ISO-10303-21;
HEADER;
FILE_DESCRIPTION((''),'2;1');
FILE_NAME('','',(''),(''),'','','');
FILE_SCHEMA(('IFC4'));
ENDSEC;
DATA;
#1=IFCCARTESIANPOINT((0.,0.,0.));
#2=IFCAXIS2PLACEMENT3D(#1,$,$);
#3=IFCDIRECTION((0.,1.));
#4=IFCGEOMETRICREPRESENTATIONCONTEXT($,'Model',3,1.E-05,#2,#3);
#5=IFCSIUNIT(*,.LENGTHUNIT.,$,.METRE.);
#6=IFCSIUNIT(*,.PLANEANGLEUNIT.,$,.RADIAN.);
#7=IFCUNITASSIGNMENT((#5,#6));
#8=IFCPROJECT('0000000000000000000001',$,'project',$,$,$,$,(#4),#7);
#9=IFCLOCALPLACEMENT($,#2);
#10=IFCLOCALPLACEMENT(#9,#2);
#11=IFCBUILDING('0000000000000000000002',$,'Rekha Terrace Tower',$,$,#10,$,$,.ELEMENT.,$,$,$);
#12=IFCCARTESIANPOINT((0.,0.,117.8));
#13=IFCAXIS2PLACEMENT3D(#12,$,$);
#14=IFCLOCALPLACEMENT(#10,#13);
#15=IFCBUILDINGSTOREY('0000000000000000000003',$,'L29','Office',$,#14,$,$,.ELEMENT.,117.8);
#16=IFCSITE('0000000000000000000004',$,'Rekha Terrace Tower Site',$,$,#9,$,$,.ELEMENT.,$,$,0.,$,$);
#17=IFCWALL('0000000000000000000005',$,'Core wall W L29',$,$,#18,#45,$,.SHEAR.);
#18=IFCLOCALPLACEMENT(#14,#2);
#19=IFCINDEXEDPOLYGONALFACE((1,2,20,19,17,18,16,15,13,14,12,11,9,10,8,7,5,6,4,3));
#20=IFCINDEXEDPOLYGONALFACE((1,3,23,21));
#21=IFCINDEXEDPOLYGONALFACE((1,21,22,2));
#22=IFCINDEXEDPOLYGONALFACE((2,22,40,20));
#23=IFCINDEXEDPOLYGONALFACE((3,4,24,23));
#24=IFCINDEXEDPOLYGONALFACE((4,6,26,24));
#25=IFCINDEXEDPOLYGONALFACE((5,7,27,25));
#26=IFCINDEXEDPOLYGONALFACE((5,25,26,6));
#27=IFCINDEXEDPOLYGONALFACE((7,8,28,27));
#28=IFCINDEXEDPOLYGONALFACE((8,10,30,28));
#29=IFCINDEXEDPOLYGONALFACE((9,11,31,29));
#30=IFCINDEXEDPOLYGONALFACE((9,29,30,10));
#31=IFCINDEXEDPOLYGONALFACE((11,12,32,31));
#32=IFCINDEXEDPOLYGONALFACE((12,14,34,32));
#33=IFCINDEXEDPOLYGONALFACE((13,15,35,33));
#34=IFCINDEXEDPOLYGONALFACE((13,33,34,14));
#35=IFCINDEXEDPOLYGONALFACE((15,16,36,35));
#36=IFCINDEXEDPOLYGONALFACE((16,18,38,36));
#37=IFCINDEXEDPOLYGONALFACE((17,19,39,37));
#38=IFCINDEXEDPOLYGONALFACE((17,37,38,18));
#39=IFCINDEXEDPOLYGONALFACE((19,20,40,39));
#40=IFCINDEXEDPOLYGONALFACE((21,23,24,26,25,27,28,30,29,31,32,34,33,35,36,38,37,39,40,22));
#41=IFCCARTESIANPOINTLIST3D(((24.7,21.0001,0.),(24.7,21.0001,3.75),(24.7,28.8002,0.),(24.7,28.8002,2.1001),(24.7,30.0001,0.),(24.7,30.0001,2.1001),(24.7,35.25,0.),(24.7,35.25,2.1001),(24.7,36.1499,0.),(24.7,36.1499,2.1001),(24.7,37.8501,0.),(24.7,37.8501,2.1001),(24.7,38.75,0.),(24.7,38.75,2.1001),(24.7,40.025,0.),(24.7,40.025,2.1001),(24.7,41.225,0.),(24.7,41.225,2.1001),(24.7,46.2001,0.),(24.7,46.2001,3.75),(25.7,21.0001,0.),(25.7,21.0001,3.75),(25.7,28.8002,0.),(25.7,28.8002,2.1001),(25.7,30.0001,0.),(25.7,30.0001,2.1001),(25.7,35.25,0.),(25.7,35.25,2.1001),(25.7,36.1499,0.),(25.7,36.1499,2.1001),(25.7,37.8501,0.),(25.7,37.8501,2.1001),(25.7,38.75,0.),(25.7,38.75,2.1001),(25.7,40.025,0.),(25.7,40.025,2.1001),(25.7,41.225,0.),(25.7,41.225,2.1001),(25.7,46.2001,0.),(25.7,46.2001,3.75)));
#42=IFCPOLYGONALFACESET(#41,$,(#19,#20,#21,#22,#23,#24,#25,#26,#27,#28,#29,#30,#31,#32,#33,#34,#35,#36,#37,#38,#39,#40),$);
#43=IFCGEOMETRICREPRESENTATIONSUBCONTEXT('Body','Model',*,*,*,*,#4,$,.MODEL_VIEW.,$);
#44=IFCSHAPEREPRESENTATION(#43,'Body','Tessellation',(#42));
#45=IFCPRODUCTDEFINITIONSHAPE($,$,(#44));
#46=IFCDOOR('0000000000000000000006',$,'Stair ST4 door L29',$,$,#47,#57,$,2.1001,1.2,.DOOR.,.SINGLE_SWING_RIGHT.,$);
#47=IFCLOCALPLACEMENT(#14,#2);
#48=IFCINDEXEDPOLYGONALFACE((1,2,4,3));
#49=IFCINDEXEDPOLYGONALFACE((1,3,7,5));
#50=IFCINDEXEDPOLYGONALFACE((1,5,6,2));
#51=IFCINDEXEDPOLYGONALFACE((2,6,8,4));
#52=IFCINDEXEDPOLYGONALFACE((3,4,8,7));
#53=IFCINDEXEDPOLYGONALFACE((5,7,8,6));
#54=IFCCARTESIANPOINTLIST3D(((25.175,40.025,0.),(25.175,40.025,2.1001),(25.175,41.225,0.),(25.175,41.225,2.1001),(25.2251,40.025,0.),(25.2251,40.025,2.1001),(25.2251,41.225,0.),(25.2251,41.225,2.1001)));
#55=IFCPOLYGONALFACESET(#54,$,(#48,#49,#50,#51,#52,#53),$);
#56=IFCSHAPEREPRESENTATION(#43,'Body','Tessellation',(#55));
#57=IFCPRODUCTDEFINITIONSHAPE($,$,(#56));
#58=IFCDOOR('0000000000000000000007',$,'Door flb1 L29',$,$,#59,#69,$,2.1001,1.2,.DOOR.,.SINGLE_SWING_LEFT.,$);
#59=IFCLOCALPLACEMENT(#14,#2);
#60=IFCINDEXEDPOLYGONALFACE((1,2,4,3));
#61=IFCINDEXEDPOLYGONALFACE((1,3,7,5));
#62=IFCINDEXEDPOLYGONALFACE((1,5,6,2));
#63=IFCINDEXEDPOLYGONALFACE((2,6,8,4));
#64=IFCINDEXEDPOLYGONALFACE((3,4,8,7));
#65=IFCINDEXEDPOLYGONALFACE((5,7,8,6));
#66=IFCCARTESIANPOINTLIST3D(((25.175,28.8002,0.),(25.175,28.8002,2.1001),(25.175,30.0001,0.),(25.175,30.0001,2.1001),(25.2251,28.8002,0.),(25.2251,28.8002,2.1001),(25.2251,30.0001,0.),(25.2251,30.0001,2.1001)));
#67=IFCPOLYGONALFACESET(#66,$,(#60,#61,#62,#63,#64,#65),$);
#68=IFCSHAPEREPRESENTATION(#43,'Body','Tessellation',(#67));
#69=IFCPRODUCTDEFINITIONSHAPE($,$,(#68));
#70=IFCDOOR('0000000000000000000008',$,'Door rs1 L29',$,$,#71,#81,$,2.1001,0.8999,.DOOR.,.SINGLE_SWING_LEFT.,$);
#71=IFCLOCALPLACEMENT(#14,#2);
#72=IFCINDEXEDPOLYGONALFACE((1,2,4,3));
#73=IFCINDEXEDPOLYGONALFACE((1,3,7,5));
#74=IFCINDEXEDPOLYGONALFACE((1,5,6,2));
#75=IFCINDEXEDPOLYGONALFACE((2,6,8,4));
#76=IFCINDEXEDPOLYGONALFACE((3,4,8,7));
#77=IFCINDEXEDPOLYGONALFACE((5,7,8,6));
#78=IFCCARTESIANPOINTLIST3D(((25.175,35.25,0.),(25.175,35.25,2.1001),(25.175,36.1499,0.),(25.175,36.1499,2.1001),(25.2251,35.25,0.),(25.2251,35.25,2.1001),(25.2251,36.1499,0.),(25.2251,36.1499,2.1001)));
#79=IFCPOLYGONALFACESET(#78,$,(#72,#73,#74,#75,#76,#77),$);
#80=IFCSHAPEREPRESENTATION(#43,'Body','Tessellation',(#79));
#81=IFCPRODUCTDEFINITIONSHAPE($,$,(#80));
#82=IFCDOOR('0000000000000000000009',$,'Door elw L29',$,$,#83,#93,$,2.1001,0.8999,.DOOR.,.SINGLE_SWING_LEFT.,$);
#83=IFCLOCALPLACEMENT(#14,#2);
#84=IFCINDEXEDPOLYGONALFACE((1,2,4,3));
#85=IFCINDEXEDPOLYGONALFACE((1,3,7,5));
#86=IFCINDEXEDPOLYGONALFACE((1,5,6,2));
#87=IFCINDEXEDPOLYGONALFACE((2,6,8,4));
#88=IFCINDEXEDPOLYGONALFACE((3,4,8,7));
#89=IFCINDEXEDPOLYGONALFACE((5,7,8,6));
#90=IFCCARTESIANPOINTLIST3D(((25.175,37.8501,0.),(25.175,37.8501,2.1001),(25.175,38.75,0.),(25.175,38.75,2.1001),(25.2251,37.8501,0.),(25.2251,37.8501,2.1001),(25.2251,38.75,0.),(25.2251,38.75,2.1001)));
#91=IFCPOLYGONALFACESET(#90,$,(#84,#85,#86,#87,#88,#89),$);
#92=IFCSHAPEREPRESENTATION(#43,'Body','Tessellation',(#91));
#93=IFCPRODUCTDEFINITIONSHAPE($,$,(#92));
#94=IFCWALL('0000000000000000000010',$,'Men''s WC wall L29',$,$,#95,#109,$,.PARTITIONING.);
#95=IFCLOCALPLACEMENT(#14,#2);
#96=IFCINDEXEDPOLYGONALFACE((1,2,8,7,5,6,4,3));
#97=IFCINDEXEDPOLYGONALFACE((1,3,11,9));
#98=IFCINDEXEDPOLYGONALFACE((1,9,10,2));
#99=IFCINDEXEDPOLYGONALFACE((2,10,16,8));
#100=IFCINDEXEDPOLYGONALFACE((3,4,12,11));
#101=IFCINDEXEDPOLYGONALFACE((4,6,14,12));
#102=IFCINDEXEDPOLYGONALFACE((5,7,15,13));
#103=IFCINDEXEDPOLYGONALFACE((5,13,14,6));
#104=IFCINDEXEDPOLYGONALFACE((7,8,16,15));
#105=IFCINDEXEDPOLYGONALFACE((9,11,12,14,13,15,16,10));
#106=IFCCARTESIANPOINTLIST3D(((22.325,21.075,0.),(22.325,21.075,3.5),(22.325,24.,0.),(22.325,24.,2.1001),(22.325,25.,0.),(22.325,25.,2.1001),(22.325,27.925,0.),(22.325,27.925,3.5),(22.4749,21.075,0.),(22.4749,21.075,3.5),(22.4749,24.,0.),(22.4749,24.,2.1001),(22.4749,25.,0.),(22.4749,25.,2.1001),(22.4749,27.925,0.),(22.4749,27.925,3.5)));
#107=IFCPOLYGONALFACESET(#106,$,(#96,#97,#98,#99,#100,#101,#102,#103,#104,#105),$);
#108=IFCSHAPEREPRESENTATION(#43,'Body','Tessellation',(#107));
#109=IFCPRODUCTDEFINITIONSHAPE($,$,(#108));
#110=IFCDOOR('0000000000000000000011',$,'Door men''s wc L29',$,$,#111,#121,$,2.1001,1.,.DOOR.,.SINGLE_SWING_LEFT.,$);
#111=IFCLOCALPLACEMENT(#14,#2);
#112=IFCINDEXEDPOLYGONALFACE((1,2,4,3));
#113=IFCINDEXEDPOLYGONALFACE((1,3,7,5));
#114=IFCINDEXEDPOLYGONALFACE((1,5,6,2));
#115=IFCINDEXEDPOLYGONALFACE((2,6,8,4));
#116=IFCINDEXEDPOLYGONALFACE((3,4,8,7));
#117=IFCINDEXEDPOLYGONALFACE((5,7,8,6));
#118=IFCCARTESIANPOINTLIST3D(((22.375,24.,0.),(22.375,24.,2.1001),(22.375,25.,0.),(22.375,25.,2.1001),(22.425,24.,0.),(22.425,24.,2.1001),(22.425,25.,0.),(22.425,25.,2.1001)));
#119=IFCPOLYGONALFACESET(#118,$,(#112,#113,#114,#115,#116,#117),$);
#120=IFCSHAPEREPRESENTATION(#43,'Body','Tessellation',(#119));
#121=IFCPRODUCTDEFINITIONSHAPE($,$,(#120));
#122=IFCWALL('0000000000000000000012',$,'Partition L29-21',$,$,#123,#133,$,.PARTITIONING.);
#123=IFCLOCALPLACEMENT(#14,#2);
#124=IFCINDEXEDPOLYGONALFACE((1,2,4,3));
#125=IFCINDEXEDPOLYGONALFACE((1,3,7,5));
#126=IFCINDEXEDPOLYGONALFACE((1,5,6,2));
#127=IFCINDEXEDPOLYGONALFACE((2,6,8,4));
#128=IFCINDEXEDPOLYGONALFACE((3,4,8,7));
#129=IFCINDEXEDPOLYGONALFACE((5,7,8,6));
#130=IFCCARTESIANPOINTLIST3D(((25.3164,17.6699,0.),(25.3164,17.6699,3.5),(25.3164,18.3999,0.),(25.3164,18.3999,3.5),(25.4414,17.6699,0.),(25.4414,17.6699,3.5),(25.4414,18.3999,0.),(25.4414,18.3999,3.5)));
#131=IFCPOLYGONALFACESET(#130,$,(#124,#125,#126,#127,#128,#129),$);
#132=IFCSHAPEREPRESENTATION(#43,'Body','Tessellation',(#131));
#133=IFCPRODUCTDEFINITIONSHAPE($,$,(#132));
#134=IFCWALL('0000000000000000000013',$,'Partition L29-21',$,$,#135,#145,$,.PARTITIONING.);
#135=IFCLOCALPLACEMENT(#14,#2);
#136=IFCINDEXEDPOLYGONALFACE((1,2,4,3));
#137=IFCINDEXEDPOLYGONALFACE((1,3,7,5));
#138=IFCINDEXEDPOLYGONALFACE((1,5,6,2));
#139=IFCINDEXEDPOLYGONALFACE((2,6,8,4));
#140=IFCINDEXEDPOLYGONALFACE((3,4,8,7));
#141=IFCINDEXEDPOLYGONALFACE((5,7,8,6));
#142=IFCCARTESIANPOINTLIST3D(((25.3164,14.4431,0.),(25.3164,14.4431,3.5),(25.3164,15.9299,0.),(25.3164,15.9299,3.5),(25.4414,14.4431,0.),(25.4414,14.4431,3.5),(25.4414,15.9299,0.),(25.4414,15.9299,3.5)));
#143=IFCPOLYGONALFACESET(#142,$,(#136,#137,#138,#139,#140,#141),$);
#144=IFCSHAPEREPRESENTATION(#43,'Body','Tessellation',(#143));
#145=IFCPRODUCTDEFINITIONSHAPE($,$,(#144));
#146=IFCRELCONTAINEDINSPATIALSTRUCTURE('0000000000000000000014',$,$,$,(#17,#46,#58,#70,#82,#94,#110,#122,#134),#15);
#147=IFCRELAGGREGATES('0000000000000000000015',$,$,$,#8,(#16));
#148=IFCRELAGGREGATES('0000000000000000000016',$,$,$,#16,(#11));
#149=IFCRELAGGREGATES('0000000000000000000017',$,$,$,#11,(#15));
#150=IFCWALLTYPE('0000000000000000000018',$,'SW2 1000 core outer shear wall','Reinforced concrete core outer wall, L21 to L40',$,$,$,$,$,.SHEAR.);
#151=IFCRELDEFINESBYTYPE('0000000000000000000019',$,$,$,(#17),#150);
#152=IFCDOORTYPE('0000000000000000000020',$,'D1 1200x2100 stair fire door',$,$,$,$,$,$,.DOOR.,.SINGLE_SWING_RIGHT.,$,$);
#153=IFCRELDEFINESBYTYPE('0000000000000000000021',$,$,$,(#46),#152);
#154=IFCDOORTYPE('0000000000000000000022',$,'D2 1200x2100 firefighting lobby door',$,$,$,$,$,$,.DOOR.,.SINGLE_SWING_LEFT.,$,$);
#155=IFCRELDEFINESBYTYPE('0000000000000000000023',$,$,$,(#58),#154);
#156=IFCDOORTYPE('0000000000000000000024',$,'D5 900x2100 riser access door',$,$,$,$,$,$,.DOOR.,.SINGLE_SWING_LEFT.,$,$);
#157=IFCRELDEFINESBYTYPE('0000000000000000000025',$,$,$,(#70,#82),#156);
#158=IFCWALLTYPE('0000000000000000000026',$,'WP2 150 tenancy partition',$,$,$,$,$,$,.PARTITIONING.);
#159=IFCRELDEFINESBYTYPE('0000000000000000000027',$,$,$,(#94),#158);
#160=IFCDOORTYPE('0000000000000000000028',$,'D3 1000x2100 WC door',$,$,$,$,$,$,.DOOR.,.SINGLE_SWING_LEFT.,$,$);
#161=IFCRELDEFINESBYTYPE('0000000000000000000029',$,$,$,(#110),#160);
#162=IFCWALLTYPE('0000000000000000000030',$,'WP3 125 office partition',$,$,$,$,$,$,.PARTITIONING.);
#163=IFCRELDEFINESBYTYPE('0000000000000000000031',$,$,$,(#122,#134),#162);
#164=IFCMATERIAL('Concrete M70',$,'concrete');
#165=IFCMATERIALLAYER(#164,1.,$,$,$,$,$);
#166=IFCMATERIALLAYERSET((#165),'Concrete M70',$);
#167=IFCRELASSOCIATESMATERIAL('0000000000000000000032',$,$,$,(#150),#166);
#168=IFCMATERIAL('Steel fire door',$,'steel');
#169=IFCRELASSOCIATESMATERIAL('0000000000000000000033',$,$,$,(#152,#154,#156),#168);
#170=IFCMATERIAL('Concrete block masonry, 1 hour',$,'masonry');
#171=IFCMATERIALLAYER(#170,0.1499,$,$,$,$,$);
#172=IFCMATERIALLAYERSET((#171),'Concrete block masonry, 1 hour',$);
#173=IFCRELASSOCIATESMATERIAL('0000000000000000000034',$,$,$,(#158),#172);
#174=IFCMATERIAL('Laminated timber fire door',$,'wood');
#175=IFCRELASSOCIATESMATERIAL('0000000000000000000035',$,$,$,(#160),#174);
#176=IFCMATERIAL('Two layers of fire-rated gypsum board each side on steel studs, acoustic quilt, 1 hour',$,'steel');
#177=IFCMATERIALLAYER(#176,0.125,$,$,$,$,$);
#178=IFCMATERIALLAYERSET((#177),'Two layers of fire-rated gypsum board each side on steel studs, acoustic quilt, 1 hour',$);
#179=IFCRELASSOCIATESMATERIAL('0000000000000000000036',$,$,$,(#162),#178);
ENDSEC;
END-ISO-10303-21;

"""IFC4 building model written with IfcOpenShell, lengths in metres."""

from ifc_helpers import new_model, si_unit, direction, frame, frame_2d, origin, place, context, subcontext, project, spatial, rectangle, extrude, material, layer, layer_set, type_object, element, fill, save


model = new_model("IFC4")

# Units and contexts
model_context = context("Model", 3, precision=1e-05, world=origin(), true_north=direction((0.0, 1.0)))
body_context = subcontext(model_context, "Body", "Model", "MODEL_VIEW")
ifc_project = project(units=[si_unit("LENGTHUNIT", "METRE"), si_unit("PLANEANGLEUNIT", "RADIAN")], contexts=[model_context])

# Site, building, storey
site_placement = place(None, origin())
site = spatial("IfcSite", under=ifc_project, at=site_placement, Name="Rekha Terrace Tower Site", CompositionType="ELEMENT", RefElevation=0.0)
building_placement = place(site_placement, origin())
building = spatial("IfcBuilding", under=site, at=building_placement, Name="Rekha Terrace Tower", CompositionType="ELEMENT")
storey_placement = place(building_placement, frame((0.0, 0.0, 117.8)))
storey = spatial("IfcBuildingStorey", under=building, at=storey_placement, Name="L29", Description="Office", CompositionType="ELEMENT", Elevation=117.8)

# Shared definitions
ifc_material_1 = material(Name="Concrete M70", Category="concrete")

# Shared definitions
ifc_layer_1 = layer(ifc_material_1, 1.0)
ifc_layer_set_1 = layer_set([ifc_layer_1], Name="Concrete M70")
wall_type_1 = type_object("IfcWallType", Name="SW2 1000 core outer shear wall", Description="Reinforced concrete core outer wall, L21 to L40", PredefinedType="SHEAR", material=ifc_layer_set_1)

# Wall, openings, doors
wall_1_placement = place(storey_placement, frame((25.2, 21.0, 0.0), z_axis=(0.0, 0.0, 1.0), x_axis=(0.0, 1.0, 0.0)))
wall_1 = element("IfcWall", 1, at=wall_1_placement, inside=storey, type_object=wall_type_1, Name="Core wall W L29", PredefinedType="SHEAR", context=body_context, shape_type="SweptSolid", body=[
    extrude(rectangle(XDim=25.2, YDim=1.0, at=frame_2d((12.6001, 0.0))), origin(), (0.0, 0.0, 1.0), 3.75),
])
opening_1_placement = place(wall_1_placement, frame((7.8, 0.0, 0.0)))
opening_1 = element("IfcOpeningElement", 2, at=opening_1_placement, cuts=wall_1, PredefinedType="OPENING", context=body_context, shape_type="SweptSolid", body=[
    extrude(rectangle(XDim=1.2, YDim=2.1001, at=frame_2d((0.6001, 1.05))), frame((0.0, 0.51, 0.0), z_axis=(0.0, -1.0, 0.0), x_axis=(1.0, 0.0, 0.0)), (0.0, 0.0, 1.0), 1.02),
])
opening_2_placement = place(wall_1_placement, frame((14.25, 0.0, 0.0)))
opening_2 = element("IfcOpeningElement", 3, at=opening_2_placement, cuts=wall_1, PredefinedType="OPENING", context=body_context, shape_type="SweptSolid", body=[
    extrude(rectangle(XDim=0.8999, YDim=2.1001, at=frame_2d((0.45, 1.05))), frame((0.0, 0.51, 0.0), z_axis=(0.0, -1.0, 0.0), x_axis=(1.0, 0.0, 0.0)), (0.0, 0.0, 1.0), 1.02),
])
opening_3_placement = place(wall_1_placement, frame((16.8501, 0.0, 0.0)))
opening_3 = element("IfcOpeningElement", 4, at=opening_3_placement, cuts=wall_1, PredefinedType="OPENING", context=body_context, shape_type="SweptSolid", body=[
    extrude(rectangle(XDim=0.8999, YDim=2.1001, at=frame_2d((0.45, 1.05))), frame((0.0, 0.51, 0.0), z_axis=(0.0, -1.0, 0.0), x_axis=(1.0, 0.0, 0.0)), (0.0, 0.0, 1.0), 1.02),
])
opening_4_placement = place(wall_1_placement, frame((19.0249, 0.0, 0.0)))
opening_4 = element("IfcOpeningElement", 5, at=opening_4_placement, cuts=wall_1, PredefinedType="OPENING", context=body_context, shape_type="SweptSolid", body=[
    extrude(rectangle(XDim=1.2, YDim=2.1001, at=frame_2d((0.6001, 1.05))), frame((0.0, 0.51, 0.0), z_axis=(0.0, -1.0, 0.0), x_axis=(1.0, 0.0, 0.0)), (0.0, 0.0, 1.0), 1.02),
])
ifc_material_2 = material(Name="Steel fire door", Category="steel")
door_type_1 = type_object("IfcDoorType", Name="D1 1200x2100 stair fire door", OperationType="SINGLE_SWING_RIGHT", PredefinedType="DOOR", material=ifc_material_2)
door_1_placement = place(opening_4_placement, origin())
door_1 = element("IfcDoor", 6, at=door_1_placement, inside=storey, type_object=door_type_1, Name="Stair ST4 door L29", OperationType="SINGLE_SWING_RIGHT", OverallHeight=2.1001, OverallWidth=1.2, PredefinedType="DOOR", context=body_context, shape_type="SweptSolid", body=[
    extrude(rectangle(XDim=1.2, YDim=2.1001, at=frame_2d((0.6001, 1.05))), frame((0.0, 0.0249, 0.0), z_axis=(0.0, -1.0, 0.0), x_axis=(1.0, 0.0, 0.0)), (0.0, 0.0, 1.0), 0.05),
])
fill(opening_4, door_1)
door_type_2 = type_object("IfcDoorType", Name="D2 1200x2100 firefighting lobby door", OperationType="SINGLE_SWING_LEFT", PredefinedType="DOOR", material=ifc_material_2)
door_2_placement = place(opening_1_placement, origin())
door_2 = element("IfcDoor", 7, at=door_2_placement, inside=storey, type_object=door_type_2, Name="Door flb1 L29", OperationType="SINGLE_SWING_LEFT", OverallHeight=2.1001, OverallWidth=1.2, PredefinedType="DOOR", context=body_context, shape_type="SweptSolid", body=[
    extrude(rectangle(XDim=1.2, YDim=2.1001, at=frame_2d((0.6001, 1.05))), frame((0.0, 0.0249, 0.0), z_axis=(0.0, -1.0, 0.0), x_axis=(1.0, 0.0, 0.0)), (0.0, 0.0, 1.0), 0.05),
])
fill(opening_1, door_2)
door_type_3 = type_object("IfcDoorType", Name="D5 900x2100 riser access door", OperationType="SINGLE_SWING_LEFT", PredefinedType="DOOR", material=ifc_material_2)
door_3_placement = place(opening_2_placement, origin())
door_3 = element("IfcDoor", 8, at=door_3_placement, inside=storey, type_object=door_type_3, Name="Door rs1 L29", OperationType="SINGLE_SWING_LEFT", OverallHeight=2.1001, OverallWidth=0.8999, PredefinedType="DOOR", context=body_context, shape_type="SweptSolid", body=[
    extrude(rectangle(XDim=0.8999, YDim=2.1001, at=frame_2d((0.45, 1.05))), frame((0.0, 0.0249, 0.0), z_axis=(0.0, -1.0, 0.0), x_axis=(1.0, 0.0, 0.0)), (0.0, 0.0, 1.0), 0.05),
])
fill(opening_2, door_3)
door_4_placement = place(opening_3_placement, origin())
door_4 = element("IfcDoor", 9, at=door_4_placement, inside=storey, type_object=door_type_3, Name="Door elw L29", OperationType="SINGLE_SWING_LEFT", OverallHeight=2.1001, OverallWidth=0.8999, PredefinedType="DOOR", context=body_context, shape_type="SweptSolid", body=[
    extrude(rectangle(XDim=0.8999, YDim=2.1001, at=frame_2d((0.45, 1.05))), frame((0.0, 0.0249, 0.0), z_axis=(0.0, -1.0, 0.0), x_axis=(1.0, 0.0, 0.0)), (0.0, 0.0, 1.0), 0.05),
])
fill(opening_3, door_4)

# Wall, opening, door
ifc_material_3 = material(Name="Concrete block masonry, 1 hour", Category="masonry")
ifc_layer_2 = layer(ifc_material_3, 0.1499)
ifc_layer_set_2 = layer_set([ifc_layer_2], Name="Concrete block masonry, 1 hour")
wall_type_2 = type_object("IfcWallType", Name="WP2 150 tenancy partition", PredefinedType="PARTITIONING", material=ifc_layer_set_2)
wall_2_placement = place(storey_placement, frame((22.3999, 21.075, 0.0), z_axis=(0.0, 0.0, 1.0), x_axis=(0.0, 1.0, 0.0)))
wall_2 = element("IfcWall", 10, at=wall_2_placement, inside=storey, type_object=wall_type_2, Name="Men's WC wall L29", PredefinedType="PARTITIONING", context=body_context, shape_type="SweptSolid", body=[
    extrude(rectangle(XDim=6.8501, YDim=0.1499, at=frame_2d((3.425, 0.0))), origin(), (0.0, 0.0, 1.0), 3.5),
])
opening_5_placement = place(wall_2_placement, frame((2.925, 0.0, 0.0)))
opening_5 = element("IfcOpeningElement", 11, at=opening_5_placement, cuts=wall_2, PredefinedType="OPENING", context=body_context, shape_type="SweptSolid", body=[
    extrude(rectangle(XDim=1.0, YDim=2.1001, at=frame_2d((0.5, 1.05))), frame((0.0, 0.085, 0.0), z_axis=(0.0, -1.0, 0.0), x_axis=(1.0, 0.0, 0.0)), (0.0, 0.0, 1.0), 0.1699),
])
ifc_material_4 = material(Name="Laminated timber fire door", Category="wood")
door_type_4 = type_object("IfcDoorType", Name="D3 1000x2100 WC door", OperationType="SINGLE_SWING_LEFT", PredefinedType="DOOR", material=ifc_material_4)
door_5_placement = place(opening_5_placement, origin())
door_5 = element("IfcDoor", 12, at=door_5_placement, inside=storey, type_object=door_type_4, Name="Door men's wc L29", OperationType="SINGLE_SWING_LEFT", OverallHeight=2.1001, OverallWidth=1.0, PredefinedType="DOOR", context=body_context, shape_type="SweptSolid", body=[
    extrude(rectangle(XDim=1.0, YDim=2.1001, at=frame_2d((0.5, 1.05))), frame((0.0, 0.0249, 0.0), z_axis=(0.0, -1.0, 0.0), x_axis=(1.0, 0.0, 0.0)), (0.0, 0.0, 1.0), 0.05),
])
fill(opening_5, door_5)

# Walls
ifc_material_5 = material(Name="Two layers of fire-rated gypsum board each side on steel studs, acoustic quilt, 1 hour", Category="steel")
ifc_layer_3 = layer(ifc_material_5, 0.125)
ifc_layer_set_3 = layer_set([ifc_layer_3], Name="Two layers of fire-rated gypsum board each side on steel studs, acoustic quilt, 1 hour")
wall_type_3 = type_object("IfcWallType", Name="WP3 125 office partition", PredefinedType="PARTITIONING", material=ifc_layer_set_3)
wall_3_placement = place(storey_placement, frame((25.3789, 18.3999, 0.0), z_axis=(0.0, 0.0, 1.0), x_axis=(0.0, -1.0, 0.0)))
element("IfcWall", 13, at=wall_3_placement, inside=storey, type_object=wall_type_3, Name="Partition L29-21", PredefinedType="PARTITIONING", context=body_context, shape_type="SweptSolid", body=[
    extrude(rectangle(XDim=0.73, YDim=0.125, at=frame_2d((0.365, 0.0))), origin(), (0.0, 0.0, 1.0), 3.5),
])
wall_4_placement = place(storey_placement, frame((25.3789, 15.9299, 0.0), z_axis=(0.0, 0.0, 1.0), x_axis=(0.0, -1.0, 0.0)))
element("IfcWall", 14, at=wall_4_placement, inside=storey, type_object=wall_type_3, Name="Partition L29-21", PredefinedType="PARTITIONING", context=body_context, shape_type="SweptSolid", body=[
    extrude(rectangle(XDim=1.4868, YDim=0.125, at=frame_2d((0.7434, 0.0))), origin(), (0.0, 0.0, 1.0), 3.5),
])

save(model, "model.ifc")
